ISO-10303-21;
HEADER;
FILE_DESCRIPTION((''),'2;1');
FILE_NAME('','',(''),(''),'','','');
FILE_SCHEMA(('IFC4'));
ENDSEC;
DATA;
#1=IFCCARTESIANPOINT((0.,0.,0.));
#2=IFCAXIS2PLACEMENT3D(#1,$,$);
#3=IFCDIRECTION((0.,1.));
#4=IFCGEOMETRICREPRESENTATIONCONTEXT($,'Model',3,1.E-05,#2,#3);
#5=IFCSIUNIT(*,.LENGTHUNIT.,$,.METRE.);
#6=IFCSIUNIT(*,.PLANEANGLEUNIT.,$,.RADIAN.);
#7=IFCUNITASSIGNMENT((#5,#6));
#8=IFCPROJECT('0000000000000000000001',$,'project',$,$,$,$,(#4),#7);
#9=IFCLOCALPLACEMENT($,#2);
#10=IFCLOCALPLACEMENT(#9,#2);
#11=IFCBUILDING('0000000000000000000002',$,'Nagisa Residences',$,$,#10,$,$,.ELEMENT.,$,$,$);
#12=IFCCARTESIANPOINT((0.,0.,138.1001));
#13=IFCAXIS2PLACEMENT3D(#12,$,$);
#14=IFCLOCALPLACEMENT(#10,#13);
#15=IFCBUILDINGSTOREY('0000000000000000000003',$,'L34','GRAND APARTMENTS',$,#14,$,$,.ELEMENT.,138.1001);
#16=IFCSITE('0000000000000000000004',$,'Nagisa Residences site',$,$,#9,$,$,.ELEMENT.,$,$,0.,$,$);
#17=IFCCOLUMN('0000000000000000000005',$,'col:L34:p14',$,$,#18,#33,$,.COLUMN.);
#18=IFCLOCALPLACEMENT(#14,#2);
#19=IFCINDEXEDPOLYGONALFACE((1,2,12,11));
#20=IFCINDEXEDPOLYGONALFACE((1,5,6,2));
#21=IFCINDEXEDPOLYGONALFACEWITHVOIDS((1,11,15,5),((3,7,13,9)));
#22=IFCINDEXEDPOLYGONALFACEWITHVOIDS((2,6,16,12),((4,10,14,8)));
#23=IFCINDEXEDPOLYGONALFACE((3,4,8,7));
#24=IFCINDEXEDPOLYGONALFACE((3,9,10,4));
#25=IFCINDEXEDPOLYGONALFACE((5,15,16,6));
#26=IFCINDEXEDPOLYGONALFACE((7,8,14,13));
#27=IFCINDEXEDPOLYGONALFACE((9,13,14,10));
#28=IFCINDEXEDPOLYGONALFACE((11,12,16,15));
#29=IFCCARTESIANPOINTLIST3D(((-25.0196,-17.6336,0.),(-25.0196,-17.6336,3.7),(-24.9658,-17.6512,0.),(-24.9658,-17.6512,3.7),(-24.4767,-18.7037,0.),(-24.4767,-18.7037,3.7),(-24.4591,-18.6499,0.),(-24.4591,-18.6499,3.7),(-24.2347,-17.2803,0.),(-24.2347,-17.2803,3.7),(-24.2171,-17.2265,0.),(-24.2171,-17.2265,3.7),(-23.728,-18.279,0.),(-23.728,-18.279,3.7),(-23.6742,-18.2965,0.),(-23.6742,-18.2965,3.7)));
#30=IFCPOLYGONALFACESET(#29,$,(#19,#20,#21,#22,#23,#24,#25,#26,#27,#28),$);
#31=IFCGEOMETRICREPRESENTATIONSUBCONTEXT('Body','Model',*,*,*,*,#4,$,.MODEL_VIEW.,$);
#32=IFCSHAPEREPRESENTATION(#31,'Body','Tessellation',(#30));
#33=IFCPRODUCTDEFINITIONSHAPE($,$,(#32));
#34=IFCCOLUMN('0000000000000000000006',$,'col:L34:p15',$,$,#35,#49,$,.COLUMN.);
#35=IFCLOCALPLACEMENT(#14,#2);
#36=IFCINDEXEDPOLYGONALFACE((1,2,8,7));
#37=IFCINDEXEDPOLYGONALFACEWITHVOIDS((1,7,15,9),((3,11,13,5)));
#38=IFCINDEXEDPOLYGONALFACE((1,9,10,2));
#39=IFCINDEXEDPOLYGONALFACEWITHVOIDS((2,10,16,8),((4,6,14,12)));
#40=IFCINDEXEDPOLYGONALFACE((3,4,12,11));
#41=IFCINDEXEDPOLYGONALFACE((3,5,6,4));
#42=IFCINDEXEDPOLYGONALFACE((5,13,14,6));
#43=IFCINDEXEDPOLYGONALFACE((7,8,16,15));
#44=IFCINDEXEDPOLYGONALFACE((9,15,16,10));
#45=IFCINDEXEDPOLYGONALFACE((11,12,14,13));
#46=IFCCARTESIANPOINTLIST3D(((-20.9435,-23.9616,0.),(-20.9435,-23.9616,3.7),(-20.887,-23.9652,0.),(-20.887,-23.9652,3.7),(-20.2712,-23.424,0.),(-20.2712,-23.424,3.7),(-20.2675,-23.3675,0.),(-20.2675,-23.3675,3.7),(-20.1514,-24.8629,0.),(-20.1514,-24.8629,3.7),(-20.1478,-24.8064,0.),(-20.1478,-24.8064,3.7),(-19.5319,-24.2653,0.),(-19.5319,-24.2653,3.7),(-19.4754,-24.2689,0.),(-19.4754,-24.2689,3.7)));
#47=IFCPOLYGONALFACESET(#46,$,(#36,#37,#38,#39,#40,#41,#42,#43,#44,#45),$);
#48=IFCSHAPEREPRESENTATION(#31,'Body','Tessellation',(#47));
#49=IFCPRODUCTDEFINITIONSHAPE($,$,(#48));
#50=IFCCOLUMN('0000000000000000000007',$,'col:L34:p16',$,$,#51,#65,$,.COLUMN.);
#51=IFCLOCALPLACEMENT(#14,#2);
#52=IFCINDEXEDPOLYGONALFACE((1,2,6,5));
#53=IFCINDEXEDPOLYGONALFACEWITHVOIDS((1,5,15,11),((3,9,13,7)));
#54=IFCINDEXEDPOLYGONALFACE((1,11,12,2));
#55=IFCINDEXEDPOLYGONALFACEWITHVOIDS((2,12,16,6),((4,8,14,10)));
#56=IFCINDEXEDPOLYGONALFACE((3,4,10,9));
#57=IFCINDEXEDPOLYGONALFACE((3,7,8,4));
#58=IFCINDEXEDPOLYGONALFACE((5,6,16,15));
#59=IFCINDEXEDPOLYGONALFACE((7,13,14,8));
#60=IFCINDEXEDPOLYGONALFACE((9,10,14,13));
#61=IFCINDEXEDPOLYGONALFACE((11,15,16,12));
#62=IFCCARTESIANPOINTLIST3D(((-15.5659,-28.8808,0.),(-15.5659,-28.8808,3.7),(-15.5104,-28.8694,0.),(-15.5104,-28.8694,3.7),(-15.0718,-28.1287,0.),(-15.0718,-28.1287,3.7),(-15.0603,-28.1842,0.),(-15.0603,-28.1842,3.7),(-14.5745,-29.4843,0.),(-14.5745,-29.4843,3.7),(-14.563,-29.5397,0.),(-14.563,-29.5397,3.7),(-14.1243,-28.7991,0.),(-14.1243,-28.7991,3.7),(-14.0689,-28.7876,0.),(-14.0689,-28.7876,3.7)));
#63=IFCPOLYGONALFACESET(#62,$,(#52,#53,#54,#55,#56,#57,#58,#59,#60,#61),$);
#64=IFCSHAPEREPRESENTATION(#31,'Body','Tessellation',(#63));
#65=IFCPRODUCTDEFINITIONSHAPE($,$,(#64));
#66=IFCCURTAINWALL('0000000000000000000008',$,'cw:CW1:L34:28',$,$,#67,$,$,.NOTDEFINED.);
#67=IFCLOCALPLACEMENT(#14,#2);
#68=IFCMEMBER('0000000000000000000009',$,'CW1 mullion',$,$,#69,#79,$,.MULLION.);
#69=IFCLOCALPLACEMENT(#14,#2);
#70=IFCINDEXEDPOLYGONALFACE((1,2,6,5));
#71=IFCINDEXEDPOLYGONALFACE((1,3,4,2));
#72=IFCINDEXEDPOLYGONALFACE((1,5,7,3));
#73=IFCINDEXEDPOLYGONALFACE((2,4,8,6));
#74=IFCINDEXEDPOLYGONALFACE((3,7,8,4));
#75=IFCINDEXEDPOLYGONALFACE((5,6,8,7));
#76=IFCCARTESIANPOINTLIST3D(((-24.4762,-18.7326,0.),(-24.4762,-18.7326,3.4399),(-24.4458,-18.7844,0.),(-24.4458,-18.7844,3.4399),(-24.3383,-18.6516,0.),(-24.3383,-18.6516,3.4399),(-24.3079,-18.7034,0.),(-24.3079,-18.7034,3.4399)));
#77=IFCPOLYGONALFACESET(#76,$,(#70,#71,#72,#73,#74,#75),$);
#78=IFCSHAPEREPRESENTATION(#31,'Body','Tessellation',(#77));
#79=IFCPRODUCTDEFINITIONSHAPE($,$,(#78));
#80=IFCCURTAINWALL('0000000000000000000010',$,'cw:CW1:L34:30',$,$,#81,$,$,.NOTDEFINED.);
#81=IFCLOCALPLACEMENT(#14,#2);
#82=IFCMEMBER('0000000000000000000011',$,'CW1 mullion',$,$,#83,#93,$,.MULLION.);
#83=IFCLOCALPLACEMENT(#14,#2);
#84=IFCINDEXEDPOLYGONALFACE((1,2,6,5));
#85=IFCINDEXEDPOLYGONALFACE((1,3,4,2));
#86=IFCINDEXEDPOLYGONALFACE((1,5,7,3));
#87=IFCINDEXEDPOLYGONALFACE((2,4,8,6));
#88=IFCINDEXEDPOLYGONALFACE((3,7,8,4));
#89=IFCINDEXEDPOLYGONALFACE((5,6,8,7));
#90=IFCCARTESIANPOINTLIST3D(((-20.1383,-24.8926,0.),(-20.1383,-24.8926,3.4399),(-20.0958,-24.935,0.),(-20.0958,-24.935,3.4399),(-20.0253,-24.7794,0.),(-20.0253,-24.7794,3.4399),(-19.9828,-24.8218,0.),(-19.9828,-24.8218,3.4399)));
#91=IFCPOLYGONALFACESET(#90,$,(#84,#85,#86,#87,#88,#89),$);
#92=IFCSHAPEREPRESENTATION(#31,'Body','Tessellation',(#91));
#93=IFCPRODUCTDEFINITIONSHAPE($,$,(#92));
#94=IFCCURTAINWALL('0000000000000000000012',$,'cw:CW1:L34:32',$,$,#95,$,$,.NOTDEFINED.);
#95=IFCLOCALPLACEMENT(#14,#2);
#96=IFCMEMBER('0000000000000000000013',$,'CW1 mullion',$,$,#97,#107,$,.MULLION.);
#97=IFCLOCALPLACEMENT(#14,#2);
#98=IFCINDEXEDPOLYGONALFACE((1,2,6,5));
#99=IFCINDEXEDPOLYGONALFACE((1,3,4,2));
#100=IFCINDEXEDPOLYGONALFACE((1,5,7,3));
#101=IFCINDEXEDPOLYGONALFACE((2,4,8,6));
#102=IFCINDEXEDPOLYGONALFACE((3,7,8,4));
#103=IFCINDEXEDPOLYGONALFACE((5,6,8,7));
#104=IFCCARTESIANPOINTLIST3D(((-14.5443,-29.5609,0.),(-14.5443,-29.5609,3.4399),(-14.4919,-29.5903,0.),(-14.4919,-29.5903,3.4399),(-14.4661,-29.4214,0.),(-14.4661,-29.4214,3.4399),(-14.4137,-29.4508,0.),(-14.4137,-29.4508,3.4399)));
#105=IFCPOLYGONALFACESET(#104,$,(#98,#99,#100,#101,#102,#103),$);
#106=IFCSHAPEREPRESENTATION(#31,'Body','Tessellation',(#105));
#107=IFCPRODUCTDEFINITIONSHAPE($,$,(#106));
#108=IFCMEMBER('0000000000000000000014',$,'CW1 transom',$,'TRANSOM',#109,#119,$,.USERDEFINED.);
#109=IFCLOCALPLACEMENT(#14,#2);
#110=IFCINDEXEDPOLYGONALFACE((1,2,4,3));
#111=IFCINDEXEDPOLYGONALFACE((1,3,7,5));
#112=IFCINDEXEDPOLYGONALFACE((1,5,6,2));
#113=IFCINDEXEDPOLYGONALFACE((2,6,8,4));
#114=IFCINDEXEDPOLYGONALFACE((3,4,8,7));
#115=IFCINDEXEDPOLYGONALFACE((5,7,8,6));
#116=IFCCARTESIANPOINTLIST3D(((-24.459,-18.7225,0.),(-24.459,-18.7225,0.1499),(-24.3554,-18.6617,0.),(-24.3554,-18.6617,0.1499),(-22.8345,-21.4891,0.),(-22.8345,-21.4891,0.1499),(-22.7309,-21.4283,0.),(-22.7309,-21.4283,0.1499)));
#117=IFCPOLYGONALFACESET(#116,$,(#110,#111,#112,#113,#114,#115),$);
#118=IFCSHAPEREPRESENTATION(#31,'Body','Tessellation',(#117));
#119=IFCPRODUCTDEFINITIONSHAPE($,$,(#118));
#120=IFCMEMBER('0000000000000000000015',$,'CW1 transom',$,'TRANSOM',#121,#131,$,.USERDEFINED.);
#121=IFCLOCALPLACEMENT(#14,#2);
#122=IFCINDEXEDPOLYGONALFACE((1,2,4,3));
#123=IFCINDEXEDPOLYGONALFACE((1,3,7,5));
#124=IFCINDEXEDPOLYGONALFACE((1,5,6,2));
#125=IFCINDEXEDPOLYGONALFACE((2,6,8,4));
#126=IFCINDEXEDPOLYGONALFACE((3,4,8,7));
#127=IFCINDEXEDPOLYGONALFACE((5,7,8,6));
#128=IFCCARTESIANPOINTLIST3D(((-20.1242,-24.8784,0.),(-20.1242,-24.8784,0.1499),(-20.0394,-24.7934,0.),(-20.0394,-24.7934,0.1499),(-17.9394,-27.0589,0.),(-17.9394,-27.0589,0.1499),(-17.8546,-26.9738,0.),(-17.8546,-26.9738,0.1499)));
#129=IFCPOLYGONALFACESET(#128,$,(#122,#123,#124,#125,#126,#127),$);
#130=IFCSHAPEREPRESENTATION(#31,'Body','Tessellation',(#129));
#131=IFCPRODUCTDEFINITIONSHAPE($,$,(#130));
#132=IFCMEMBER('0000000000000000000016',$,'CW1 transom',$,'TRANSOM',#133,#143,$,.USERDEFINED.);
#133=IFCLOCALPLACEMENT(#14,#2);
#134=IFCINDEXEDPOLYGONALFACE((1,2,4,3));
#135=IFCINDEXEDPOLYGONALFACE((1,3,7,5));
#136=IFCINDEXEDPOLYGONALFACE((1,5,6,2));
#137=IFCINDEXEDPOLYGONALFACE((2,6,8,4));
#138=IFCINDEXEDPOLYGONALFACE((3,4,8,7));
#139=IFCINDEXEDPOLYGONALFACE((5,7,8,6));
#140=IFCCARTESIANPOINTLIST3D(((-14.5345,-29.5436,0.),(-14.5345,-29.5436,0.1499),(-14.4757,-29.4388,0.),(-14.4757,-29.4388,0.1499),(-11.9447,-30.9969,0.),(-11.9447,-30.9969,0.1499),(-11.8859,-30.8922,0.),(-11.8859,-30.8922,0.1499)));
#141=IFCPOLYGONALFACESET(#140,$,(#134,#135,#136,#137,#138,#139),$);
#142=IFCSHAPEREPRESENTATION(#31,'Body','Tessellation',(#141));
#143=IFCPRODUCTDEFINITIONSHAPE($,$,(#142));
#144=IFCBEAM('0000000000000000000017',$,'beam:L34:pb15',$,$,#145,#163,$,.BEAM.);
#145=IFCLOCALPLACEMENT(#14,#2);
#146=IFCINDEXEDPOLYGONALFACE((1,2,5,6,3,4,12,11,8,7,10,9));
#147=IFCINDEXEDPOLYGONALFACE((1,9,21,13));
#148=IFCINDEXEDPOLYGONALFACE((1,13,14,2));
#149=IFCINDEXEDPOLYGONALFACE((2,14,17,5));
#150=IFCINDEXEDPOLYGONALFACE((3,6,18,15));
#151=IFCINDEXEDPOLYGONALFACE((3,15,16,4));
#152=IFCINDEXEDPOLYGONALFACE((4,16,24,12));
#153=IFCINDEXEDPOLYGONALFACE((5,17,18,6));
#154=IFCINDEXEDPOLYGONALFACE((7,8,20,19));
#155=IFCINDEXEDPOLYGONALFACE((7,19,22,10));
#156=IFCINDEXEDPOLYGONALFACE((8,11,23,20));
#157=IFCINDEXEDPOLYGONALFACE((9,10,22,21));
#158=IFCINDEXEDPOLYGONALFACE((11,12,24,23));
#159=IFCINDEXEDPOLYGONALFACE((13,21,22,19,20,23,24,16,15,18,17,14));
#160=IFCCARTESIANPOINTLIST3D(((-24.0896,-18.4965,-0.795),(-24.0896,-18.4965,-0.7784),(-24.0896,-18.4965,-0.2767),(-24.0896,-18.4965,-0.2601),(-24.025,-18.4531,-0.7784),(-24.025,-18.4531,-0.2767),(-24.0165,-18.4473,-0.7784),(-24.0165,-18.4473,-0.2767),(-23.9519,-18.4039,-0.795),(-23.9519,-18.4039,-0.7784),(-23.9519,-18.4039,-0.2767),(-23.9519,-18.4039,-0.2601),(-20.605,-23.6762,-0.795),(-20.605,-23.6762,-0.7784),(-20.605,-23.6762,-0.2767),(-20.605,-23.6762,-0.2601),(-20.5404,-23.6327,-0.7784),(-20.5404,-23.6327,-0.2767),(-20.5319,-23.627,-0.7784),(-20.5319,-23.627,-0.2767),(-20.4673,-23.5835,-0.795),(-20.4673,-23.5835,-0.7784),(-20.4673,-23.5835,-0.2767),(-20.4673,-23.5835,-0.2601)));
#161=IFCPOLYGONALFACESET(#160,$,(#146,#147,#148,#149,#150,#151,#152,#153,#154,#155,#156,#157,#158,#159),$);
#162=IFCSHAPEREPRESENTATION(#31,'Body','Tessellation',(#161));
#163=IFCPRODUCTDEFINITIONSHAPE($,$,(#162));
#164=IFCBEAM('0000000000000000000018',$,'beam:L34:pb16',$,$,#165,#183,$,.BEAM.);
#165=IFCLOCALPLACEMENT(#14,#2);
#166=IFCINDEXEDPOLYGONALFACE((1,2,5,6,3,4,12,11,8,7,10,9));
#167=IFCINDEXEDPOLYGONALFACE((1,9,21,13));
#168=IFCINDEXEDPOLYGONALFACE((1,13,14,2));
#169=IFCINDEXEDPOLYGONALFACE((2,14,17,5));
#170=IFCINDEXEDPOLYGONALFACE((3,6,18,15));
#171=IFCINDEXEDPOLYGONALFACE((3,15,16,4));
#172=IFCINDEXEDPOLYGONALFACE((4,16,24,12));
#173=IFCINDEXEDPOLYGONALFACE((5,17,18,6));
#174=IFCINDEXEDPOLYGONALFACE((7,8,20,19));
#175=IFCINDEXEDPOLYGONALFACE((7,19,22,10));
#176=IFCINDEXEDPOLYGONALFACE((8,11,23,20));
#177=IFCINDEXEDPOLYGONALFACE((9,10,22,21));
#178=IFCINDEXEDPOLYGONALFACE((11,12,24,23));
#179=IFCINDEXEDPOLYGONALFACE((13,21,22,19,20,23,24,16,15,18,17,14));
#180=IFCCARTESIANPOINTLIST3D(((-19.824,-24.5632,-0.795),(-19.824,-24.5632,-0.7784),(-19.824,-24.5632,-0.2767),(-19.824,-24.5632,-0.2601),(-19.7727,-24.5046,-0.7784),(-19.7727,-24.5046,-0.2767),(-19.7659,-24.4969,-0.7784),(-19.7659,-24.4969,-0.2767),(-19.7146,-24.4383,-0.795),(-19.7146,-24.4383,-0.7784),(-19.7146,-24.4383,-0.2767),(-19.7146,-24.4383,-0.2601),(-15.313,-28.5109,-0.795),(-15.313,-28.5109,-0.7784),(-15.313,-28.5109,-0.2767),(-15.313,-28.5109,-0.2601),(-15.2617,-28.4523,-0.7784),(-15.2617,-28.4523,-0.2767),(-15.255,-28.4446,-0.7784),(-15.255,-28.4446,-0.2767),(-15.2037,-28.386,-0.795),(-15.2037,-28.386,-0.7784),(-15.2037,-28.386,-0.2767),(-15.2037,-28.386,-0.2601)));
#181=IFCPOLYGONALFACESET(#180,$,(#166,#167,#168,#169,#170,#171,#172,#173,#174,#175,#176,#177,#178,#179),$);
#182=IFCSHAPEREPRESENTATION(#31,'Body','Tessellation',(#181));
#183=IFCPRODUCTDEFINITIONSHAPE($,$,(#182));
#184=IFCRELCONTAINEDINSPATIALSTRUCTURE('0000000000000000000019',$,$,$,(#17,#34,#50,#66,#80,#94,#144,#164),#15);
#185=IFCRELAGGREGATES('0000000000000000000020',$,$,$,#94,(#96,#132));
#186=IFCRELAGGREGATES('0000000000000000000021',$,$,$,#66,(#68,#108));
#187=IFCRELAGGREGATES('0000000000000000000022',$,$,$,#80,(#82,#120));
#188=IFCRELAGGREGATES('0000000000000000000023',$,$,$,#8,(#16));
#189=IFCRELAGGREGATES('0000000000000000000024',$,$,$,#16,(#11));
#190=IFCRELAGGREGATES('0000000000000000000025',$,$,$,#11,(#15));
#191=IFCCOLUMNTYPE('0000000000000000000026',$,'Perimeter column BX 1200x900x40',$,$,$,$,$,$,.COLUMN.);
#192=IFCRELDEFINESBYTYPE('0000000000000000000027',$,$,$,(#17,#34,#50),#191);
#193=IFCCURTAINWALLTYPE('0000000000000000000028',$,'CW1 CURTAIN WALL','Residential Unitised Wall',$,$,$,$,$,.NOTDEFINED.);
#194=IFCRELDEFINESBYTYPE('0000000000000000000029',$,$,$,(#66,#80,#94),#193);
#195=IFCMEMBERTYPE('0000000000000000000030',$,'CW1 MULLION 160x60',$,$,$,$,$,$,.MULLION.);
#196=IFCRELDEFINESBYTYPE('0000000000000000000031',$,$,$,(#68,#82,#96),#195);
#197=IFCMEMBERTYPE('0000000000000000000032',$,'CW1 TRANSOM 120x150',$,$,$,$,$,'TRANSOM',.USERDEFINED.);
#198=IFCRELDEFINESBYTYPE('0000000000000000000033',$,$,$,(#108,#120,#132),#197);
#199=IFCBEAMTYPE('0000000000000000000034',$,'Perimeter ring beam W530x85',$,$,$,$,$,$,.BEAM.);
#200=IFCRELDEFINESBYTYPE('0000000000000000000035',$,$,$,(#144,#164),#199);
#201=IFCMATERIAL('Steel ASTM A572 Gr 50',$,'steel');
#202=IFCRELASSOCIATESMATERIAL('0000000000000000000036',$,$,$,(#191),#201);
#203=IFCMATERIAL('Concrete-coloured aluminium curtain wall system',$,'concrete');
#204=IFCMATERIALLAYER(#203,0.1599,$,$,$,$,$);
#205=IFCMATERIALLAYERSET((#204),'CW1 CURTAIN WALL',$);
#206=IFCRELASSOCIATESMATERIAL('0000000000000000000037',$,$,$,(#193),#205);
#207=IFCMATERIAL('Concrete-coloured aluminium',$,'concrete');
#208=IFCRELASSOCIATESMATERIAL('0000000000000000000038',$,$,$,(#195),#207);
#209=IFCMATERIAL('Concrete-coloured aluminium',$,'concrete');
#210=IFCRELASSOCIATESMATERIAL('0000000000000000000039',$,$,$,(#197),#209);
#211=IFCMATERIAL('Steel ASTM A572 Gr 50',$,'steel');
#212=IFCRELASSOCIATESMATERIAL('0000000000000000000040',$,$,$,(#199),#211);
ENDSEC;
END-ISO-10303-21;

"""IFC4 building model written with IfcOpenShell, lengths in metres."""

from ifc_helpers import new_model, si_unit, direction, frame, origin, origin_2d, place, context, subcontext, project, spatial, rectangle, hollow_rectangle, i_section, extrude, material, layer, layer_set, material_profile, profile_set, type_object, element, aggregate, save


model = new_model("IFC4")

# Units and contexts
model_context = context("Model", 3, precision=1e-05, world=origin(), true_north=direction((0.0, 1.0)))
body_context = subcontext(model_context, "Body", "Model", "MODEL_VIEW")
ifc_project = project(units=[si_unit("LENGTHUNIT", "METRE"), si_unit("PLANEANGLEUNIT", "RADIAN")], contexts=[model_context])

# Site, building, storey
site_placement = place(None, origin())
site = spatial("IfcSite", under=ifc_project, at=site_placement, Name="Nagisa Residences site", CompositionType="ELEMENT", RefElevation=0.0)
building_placement = place(site_placement, origin())
building = spatial("IfcBuilding", under=site, at=building_placement, Name="Nagisa Residences", CompositionType="ELEMENT")
storey_placement = place(building_placement, frame((0.0, 0.0, 138.1001)))
storey = spatial("IfcBuildingStorey", under=building, at=storey_placement, Name="L34", Description="GRAND APARTMENTS", CompositionType="ELEMENT", Elevation=138.1001)

# Columns
ifc_material_1 = material(Name="Steel ASTM A572 Gr 50", Category="steel")
ifc_material_profile_1 = material_profile(ifc_material_1, hollow_rectangle(XDim=1.2, YDim=0.8999, WallThickness=0.04, at=origin_2d()), Name="BX 1200x900x40")
ifc_profile_set_1 = profile_set([ifc_material_profile_1], Name="Steel ASTM A572 Gr 50")
column_type = type_object("IfcColumnType", Name="Perimeter column BX 1200x900x40", PredefinedType="COLUMN", material=ifc_profile_set_1)
for number, where, z_axis, x_axis, name in (
    (1, (-24.3469, -17.9651, 0.0), (0.0, 0.0, 1.0), (0.452463, -0.891783, 0.0), "col:L34:p14"),
    (2, (-20.2095, -24.1152, 0.0), (0.0, 0.0, 1.0), (0.660115, -0.751165, 0.0), "col:L34:p15"),
    (3, (-14.8174, -28.8342, 0.0), (0.0, 0.0, 1.0), (0.835766, -0.549086, 0.0), "col:L34:p16"),
):
    element("IfcColumn", number, at=place(storey_placement, frame(where, z_axis=z_axis, x_axis=x_axis)), inside=storey, type_object=column_type, Name=name, PredefinedType="COLUMN", context=body_context, shape_type="SweptSolid", body=[
        extrude(hollow_rectangle(XDim=1.2, YDim=0.8999, WallThickness=0.04, at=origin_2d()), origin(), (0.0, 0.0, 1.0), 3.7),
    ])

# Curtain walls, members
ifc_material_2 = material(Name="Concrete-coloured aluminium curtain wall system", Category="concrete")
ifc_layer_1 = layer(ifc_material_2, 0.1599)
ifc_layer_set_1 = layer_set([ifc_layer_1], Name="CW1 CURTAIN WALL")
curtain_wall_type = type_object("IfcCurtainWallType", Name="CW1 CURTAIN WALL", Description="Residential Unitised Wall", PredefinedType="NOTDEFINED", material=ifc_layer_set_1)
curtain_wall_1_placement = place(storey_placement, origin())
curtain_wall_1 = element("IfcCurtainWall", 4, at=curtain_wall_1_placement, inside=storey, type_object=curtain_wall_type, Name="cw:CW1:L34:28", PredefinedType="NOTDEFINED")
ifc_material_3 = material(Name="Concrete-coloured aluminium", Category="concrete")
ifc_material_profile_2 = material_profile(ifc_material_3, rectangle(XDim=0.1599, YDim=0.0601, at=origin_2d()), Name="CW1 MULLION 160x60")
ifc_profile_set_2 = profile_set([ifc_material_profile_2], Name="Concrete-coloured aluminium")
member_type_1 = type_object("IfcMemberType", Name="CW1 MULLION 160x60", PredefinedType="MULLION", material=ifc_profile_set_2)
member_1_placement = place(storey_placement, frame((-24.3921, -18.718, 0.0), z_axis=(0.0, 0.0, 1.0), x_axis=(0.862329, 0.506349, 0.0)))
member_1 = element("IfcMember", 5, at=member_1_placement, type_object=member_type_1, Name="CW1 mullion", PredefinedType="MULLION", context=body_context, shape_type="SweptSolid", body=[
    extrude(rectangle(XDim=0.1599, YDim=0.0601, at=origin_2d()), origin(), (0.0, 0.0, 1.0), 3.4399),
])
curtain_wall_2_placement = place(storey_placement, origin())
curtain_wall_2 = element("IfcCurtainWall", 6, at=curtain_wall_2_placement, inside=storey, type_object=curtain_wall_type, Name="cw:CW1:L34:30", PredefinedType="NOTDEFINED")
member_2_placement = place(storey_placement, frame((-20.0605, -24.8572, 0.0), z_axis=(0.0, 0.0, 1.0), x_axis=(0.706377, 0.707836, 0.0)))
member_2 = element("IfcMember", 7, at=member_2_placement, type_object=member_type_1, Name="CW1 mullion", PredefinedType="MULLION", context=body_context, shape_type="SweptSolid", body=[
    extrude(rectangle(XDim=0.1599, YDim=0.0601, at=origin_2d()), origin(), (0.0, 0.0, 1.0), 3.4399),
])
curtain_wall_3_placement = place(storey_placement, origin())
curtain_wall_3 = element("IfcCurtainWall", 8, at=curtain_wall_3_placement, inside=storey, type_object=curtain_wall_type, Name="cw:CW1:L34:32", PredefinedType="NOTDEFINED")
member_3_placement = place(storey_placement, frame((-14.479, -29.5059, 0.0), z_axis=(0.0, 0.0, 1.0), x_axis=(0.489377, 0.872072, 0.0)))
member_3 = element("IfcMember", 9, at=member_3_placement, type_object=member_type_1, Name="CW1 mullion", PredefinedType="MULLION", context=body_context, shape_type="SweptSolid", body=[
    extrude(rectangle(XDim=0.1599, YDim=0.0601, at=origin_2d()), origin(), (0.0, 0.0, 1.0), 3.4399),
])

# Members
ifc_material_4 = material(Name="Concrete-coloured aluminium", Category="concrete")
ifc_material_profile_3 = material_profile(ifc_material_4, rectangle(XDim=0.1201, YDim=0.1499, at=origin_2d()), Name="CW1 TRANSOM 120x150")
ifc_profile_set_3 = profile_set([ifc_material_profile_3], Name="Concrete-coloured aluminium")
member_type_2 = type_object("IfcMemberType", Name="CW1 TRANSOM 120x150", ElementType="TRANSOM", PredefinedType="USERDEFINED", material=ifc_profile_set_3)
member_4_placement = place(storey_placement, frame((-24.4072, -18.6921, 0.075), z_axis=(0.506348, -0.862329, 0.0), x_axis=(0.862329, 0.506348, 0.0)))
member_4 = element("IfcMember", 10, at=member_4_placement, type_object=member_type_2, Name="CW1 transom", ObjectType="TRANSOM", PredefinedType="USERDEFINED", context=body_context, shape_type="SweptSolid", body=[
    extrude(rectangle(XDim=0.1201, YDim=0.1499, at=origin_2d()), origin(), (0.0, 0.0, 1.0), 3.2083),
])
member_5_placement = place(storey_placement, frame((-20.0818, -24.8359, 0.075), z_axis=(0.707818, -0.706395, 0.0), x_axis=(0.706395, 0.707818, 0.0)))
member_5 = element("IfcMember", 11, at=member_5_placement, type_object=member_type_2, Name="CW1 transom", ObjectType="TRANSOM", PredefinedType="USERDEFINED", context=body_context, shape_type="SweptSolid", body=[
    extrude(rectangle(XDim=0.1201, YDim=0.1499, at=origin_2d()), origin(), (0.0, 0.0, 1.0), 3.0867),
])
member_6_placement = place(storey_placement, frame((-14.5051, -29.4912, 0.075), z_axis=(0.872067, -0.489387, 0.0), x_axis=(0.489387, 0.872067, 0.0)))
member_6 = element("IfcMember", 12, at=member_6_placement, type_object=member_type_2, Name="CW1 transom", ObjectType="TRANSOM", PredefinedType="USERDEFINED", context=body_context, shape_type="SweptSolid", body=[
    extrude(rectangle(XDim=0.1201, YDim=0.1499, at=origin_2d()), origin(), (0.0, 0.0, 1.0), 2.9697),
])
aggregate(curtain_wall_3, [member_3, member_6])

# Beams
ifc_material_5 = material(Name="Steel ASTM A572 Gr 50", Category="steel")
ifc_material_profile_4 = material_profile(ifc_material_5, i_section(OverallWidth=0.166, OverallDepth=0.5349, WebThickness=0.0103, FlangeThickness=0.0166, at=origin_2d()), Name="W530x85")
ifc_profile_set_4 = profile_set([ifc_material_profile_4], Name="Steel ASTM A572 Gr 50")
beam_type_1 = type_object("IfcBeamType", Name="Perimeter ring beam W530x85", PredefinedType="BEAM", material=ifc_profile_set_4)
beam_1_placement = place(storey_placement, frame((-24.0208, -18.4502, -0.5276), z_axis=(0.558188, -0.829715, 0.0), x_axis=(0.829715, 0.558188, 0.0)))
element("IfcBeam", 13, at=beam_1_placement, inside=storey, type_object=beam_type_1, Name="beam:L34:pb15", PredefinedType="BEAM", context=body_context, shape_type="SweptSolid", body=[
    extrude(i_section(OverallWidth=0.166, OverallDepth=0.5349, WebThickness=0.0103, FlangeThickness=0.0166, at=origin_2d()), origin(), (0.0, 0.0, 1.0), 6.2427),
])
beam_2_placement = place(storey_placement, frame((-19.7693, -24.5007, -0.5276), z_axis=(0.752524, -0.658565, 0.0), x_axis=(0.658565, 0.752524, 0.0)))
element("IfcBeam", 14, at=beam_2_placement, inside=storey, type_object=beam_type_1, Name="beam:L34:pb16", PredefinedType="BEAM", context=body_context, shape_type="SweptSolid", body=[
    extrude(i_section(OverallWidth=0.166, OverallDepth=0.5349, WebThickness=0.0103, FlangeThickness=0.0166, at=origin_2d()), origin(), (0.0, 0.0, 1.0), 5.9944),
])

aggregate(curtain_wall_1, [member_1, member_4])
aggregate(curtain_wall_2, [member_2, member_5])

save(model, "model.ifc")
